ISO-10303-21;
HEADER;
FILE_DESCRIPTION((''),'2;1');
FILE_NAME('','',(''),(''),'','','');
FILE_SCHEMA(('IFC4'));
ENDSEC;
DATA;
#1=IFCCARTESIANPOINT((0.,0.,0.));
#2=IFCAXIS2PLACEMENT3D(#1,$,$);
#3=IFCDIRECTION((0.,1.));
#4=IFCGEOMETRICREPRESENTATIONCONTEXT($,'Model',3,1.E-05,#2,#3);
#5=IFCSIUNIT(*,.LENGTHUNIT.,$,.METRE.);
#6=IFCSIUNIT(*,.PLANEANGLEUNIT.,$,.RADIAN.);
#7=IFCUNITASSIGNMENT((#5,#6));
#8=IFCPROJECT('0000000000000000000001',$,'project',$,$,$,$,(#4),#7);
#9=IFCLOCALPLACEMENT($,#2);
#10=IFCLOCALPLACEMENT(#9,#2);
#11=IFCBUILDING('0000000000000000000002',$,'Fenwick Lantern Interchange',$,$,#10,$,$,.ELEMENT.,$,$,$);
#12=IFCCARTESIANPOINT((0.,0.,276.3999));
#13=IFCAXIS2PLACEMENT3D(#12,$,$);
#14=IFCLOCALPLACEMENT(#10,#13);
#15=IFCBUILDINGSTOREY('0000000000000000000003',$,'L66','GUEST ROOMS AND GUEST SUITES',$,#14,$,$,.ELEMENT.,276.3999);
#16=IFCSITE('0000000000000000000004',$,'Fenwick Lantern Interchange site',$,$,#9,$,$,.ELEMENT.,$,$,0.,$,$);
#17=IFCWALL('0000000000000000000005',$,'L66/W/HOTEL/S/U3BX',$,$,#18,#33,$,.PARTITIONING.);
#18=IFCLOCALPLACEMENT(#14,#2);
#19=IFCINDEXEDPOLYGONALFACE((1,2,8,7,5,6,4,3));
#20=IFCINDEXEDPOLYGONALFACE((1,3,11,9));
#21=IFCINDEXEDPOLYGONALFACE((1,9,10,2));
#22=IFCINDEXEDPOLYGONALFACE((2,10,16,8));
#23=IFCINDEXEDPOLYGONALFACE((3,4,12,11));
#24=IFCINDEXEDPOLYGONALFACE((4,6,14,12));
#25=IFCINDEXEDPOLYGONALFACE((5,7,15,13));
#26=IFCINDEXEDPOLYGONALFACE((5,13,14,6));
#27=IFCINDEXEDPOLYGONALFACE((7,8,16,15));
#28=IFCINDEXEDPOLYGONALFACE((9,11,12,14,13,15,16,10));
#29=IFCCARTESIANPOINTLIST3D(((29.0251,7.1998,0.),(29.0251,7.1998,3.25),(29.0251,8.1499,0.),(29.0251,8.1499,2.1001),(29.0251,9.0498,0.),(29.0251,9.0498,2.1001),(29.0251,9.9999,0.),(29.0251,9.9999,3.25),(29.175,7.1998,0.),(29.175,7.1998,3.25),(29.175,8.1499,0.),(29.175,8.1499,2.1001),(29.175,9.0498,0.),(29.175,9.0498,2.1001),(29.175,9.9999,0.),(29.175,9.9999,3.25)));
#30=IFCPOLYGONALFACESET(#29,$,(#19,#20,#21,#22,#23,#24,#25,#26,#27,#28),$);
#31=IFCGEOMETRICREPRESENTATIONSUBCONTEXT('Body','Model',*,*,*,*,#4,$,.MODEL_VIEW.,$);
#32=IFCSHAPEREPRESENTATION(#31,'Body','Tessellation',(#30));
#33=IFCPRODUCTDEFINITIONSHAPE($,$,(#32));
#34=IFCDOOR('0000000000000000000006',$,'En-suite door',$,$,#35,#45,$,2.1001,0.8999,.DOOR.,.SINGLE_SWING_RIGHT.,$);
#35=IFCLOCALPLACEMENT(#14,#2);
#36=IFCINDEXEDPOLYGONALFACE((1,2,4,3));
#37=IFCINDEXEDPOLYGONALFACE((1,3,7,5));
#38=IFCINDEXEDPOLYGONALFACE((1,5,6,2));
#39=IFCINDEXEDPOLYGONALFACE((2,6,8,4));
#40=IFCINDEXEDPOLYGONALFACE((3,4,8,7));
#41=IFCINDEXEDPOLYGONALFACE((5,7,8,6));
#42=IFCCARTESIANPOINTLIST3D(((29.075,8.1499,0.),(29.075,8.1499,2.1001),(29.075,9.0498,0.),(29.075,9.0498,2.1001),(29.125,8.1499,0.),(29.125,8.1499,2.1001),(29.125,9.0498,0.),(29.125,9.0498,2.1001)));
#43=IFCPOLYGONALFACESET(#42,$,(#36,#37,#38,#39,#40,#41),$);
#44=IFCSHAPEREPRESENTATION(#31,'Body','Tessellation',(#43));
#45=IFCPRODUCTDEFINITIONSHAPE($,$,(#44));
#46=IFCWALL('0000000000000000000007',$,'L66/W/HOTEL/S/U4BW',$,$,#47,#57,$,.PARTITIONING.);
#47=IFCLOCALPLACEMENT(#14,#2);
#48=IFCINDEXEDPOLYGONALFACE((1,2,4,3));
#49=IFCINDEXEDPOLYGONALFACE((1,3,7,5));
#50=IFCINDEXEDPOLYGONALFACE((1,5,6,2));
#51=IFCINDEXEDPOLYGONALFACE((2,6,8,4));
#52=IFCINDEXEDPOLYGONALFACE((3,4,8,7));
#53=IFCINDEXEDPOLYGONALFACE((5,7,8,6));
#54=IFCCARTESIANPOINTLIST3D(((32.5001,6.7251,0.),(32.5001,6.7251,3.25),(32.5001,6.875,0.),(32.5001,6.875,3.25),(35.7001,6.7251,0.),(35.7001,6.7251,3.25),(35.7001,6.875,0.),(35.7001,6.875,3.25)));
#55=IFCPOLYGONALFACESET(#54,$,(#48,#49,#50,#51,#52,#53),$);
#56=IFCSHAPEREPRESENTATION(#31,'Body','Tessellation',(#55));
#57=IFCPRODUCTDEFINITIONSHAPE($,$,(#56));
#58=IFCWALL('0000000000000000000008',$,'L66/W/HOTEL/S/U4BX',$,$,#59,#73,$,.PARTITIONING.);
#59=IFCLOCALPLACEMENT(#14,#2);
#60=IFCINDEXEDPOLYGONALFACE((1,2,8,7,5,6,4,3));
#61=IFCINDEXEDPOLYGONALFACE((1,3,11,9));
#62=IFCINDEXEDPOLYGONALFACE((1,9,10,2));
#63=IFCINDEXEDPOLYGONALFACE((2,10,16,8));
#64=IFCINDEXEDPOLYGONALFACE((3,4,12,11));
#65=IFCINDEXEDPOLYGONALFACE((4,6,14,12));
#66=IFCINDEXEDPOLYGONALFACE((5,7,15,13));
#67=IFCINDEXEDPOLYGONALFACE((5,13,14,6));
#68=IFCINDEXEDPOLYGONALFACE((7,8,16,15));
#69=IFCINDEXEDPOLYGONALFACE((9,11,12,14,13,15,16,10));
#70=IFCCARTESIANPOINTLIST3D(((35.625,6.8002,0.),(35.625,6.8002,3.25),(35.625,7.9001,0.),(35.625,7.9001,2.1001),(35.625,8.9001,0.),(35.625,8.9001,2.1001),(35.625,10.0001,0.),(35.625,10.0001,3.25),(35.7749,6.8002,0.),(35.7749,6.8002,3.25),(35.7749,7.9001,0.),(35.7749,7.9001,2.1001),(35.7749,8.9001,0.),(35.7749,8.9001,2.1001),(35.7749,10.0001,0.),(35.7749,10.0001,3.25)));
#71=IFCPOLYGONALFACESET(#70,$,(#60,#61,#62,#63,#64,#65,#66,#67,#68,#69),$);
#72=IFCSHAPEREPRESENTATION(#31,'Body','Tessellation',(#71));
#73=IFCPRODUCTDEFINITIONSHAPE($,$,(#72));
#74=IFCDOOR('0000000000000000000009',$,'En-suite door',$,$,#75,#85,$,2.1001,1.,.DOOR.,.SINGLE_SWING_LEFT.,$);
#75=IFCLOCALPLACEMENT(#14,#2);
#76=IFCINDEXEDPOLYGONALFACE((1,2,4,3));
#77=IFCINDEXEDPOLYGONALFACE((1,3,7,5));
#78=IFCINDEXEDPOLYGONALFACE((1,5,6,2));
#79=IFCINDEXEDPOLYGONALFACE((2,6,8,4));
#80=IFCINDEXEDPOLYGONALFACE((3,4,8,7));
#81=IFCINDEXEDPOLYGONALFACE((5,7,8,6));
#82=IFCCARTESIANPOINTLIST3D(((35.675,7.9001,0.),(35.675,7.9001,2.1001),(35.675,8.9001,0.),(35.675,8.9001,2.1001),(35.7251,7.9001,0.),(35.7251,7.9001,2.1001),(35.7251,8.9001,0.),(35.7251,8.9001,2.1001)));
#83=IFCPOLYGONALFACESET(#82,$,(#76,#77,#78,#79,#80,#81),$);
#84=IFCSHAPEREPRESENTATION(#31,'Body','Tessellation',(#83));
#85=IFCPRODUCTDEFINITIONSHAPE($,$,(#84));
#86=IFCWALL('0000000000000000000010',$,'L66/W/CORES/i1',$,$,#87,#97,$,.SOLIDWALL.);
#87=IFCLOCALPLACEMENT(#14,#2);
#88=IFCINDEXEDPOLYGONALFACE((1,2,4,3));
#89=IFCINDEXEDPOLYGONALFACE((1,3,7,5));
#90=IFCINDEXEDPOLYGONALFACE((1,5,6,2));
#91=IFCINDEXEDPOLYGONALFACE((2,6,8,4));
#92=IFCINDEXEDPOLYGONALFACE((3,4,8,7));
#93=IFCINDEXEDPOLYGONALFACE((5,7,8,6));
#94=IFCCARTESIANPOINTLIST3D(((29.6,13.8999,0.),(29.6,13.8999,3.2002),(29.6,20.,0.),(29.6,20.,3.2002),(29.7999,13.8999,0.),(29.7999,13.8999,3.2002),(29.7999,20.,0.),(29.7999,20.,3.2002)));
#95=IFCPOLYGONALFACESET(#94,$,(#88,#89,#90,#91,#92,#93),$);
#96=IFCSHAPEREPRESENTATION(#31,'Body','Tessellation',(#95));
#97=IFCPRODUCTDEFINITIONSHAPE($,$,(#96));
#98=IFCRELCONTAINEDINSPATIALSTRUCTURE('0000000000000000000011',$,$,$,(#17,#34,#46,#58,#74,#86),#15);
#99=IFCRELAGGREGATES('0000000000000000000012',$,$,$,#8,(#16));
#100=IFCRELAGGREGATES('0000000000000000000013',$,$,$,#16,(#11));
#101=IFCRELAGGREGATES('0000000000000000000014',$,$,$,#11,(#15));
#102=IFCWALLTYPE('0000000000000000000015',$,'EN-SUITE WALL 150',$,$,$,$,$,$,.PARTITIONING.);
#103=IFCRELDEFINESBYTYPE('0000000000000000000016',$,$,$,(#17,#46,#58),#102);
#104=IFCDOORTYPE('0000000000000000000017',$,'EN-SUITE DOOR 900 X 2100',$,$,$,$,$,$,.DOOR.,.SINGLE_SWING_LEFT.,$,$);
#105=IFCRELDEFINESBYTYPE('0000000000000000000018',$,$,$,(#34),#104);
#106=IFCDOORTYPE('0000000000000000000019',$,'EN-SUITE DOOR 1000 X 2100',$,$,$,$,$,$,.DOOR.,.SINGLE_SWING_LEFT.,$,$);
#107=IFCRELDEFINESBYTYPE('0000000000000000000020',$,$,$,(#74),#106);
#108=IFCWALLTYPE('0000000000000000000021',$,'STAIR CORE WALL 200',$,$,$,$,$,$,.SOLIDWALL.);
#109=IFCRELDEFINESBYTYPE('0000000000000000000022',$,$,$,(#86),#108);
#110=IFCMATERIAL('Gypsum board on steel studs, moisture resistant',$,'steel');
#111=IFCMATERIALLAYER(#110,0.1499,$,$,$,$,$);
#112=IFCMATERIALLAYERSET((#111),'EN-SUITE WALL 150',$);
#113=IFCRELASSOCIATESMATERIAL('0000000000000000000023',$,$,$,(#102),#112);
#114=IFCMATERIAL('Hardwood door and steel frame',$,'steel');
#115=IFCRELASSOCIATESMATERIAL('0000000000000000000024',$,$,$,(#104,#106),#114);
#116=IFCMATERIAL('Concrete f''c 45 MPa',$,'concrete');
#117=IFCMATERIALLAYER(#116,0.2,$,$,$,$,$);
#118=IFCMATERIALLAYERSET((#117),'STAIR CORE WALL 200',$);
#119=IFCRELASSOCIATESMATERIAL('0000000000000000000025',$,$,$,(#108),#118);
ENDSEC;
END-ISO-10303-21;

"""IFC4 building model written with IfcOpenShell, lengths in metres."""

from ifc_helpers import new_model, si_unit, direction, frame, frame_2d, origin, place, context, subcontext, project, spatial, rectangle, extrude, material, layer, layer_set, type_object, element, fill, save


model = new_model("IFC4")

# Units and contexts
model_context = context("Model", 3, precision=1e-05, world=origin(), true_north=direction((0.0, 1.0)))
body_context = subcontext(model_context, "Body", "Model", "MODEL_VIEW")
ifc_project = project(units=[si_unit("LENGTHUNIT", "METRE"), si_unit("PLANEANGLEUNIT", "RADIAN")], contexts=[model_context])

# Site, building, storey
site_placement = place(None, origin())
site = spatial("IfcSite", under=ifc_project, at=site_placement, Name="Fenwick Lantern Interchange site", CompositionType="ELEMENT", RefElevation=0.0)
building_placement = place(site_placement, origin())
building = spatial("IfcBuilding", under=site, at=building_placement, Name="Fenwick Lantern Interchange", CompositionType="ELEMENT")
storey_placement = place(building_placement, frame((0.0, 0.0, 276.3999)))
storey = spatial("IfcBuildingStorey", under=building, at=storey_placement, Name="L66", Description="GUEST ROOMS AND GUEST SUITES", CompositionType="ELEMENT", Elevation=276.3999)

# Shared definitions
ifc_material_1 = material(Name="Hardwood door and steel frame", Category="steel")

# Shared definitions
ifc_material_2 = material(Name="Gypsum board on steel studs, moisture resistant", Category="steel")
ifc_layer_1 = layer(ifc_material_2, 0.1499)
ifc_layer_set_1 = layer_set([ifc_layer_1], Name="EN-SUITE WALL 150")
wall_type_1 = type_object("IfcWallType", Name="EN-SUITE WALL 150", PredefinedType="PARTITIONING", material=ifc_layer_set_1)

# Wall, opening, door
wall_1_placement = place(storey_placement, frame((29.1001, 7.2, 0.0), z_axis=(0.0, 0.0, 1.0), x_axis=(0.0, 1.0, 0.0)))
wall_1 = element("IfcWall", 1, at=wall_1_placement, inside=storey, type_object=wall_type_1, Name="L66/W/HOTEL/S/U3BX", PredefinedType="PARTITIONING", context=body_context, shape_type="SweptSolid", body=[
    extrude(rectangle(XDim=2.8, YDim=0.1499, at=frame_2d((1.3999, 0.0))), origin(), (0.0, 0.0, 1.0), 3.25),
])
opening_1_placement = place(wall_1_placement, frame((0.95, 0.0, 0.0)))
opening_1 = element("IfcOpeningElement", 2, at=opening_1_placement, cuts=wall_1, PredefinedType="OPENING", context=body_context, shape_type="SweptSolid", body=[
    extrude(rectangle(XDim=0.8999, YDim=2.1001, at=frame_2d((0.45, 1.05))), frame((0.0, 0.085, 0.0), z_axis=(0.0, -1.0, 0.0), x_axis=(1.0, 0.0, 0.0)), (0.0, 0.0, 1.0), 0.1699),
])
door_type_1 = type_object("IfcDoorType", Name="EN-SUITE DOOR 900 X 2100", OperationType="SINGLE_SWING_LEFT", PredefinedType="DOOR", material=ifc_material_1)
door_1_placement = place(opening_1_placement, frame((0.8999, 0.0, 0.0), z_axis=(0.0, 0.0, 1.0), x_axis=(-1.0, 0.0, 0.0)))
door_1 = element("IfcDoor", 3, at=door_1_placement, inside=storey, type_object=door_type_1, Name="En-suite door", OperationType="SINGLE_SWING_RIGHT", OverallHeight=2.1001, OverallWidth=0.8999, PredefinedType="DOOR", context=body_context, shape_type="SweptSolid", body=[
    extrude(rectangle(XDim=0.8999, YDim=2.1001, at=frame_2d((0.45, 1.05))), frame((0.0, 0.0249, 0.0), z_axis=(0.0, -1.0, 0.0), x_axis=(1.0, 0.0, 0.0)), (0.0, 0.0, 1.0), 0.05),
])
fill(opening_1, door_1)

# Wall
wall_2_placement = place(storey_placement, frame((32.5, 6.8, 0.0), z_axis=(0.0, 0.0, 1.0), x_axis=(1.0, 0.0, 0.0)))
element("IfcWall", 4, at=wall_2_placement, inside=storey, type_object=wall_type_1, Name="L66/W/HOTEL/S/U4BW", PredefinedType="PARTITIONING", context=body_context, shape_type="SweptSolid", body=[
    extrude(rectangle(XDim=3.2, YDim=0.1499, at=frame_2d((1.6001, 0.0))), origin(), (0.0, 0.0, 1.0), 3.25),
])

# Wall, opening, door
wall_3_placement = place(storey_placement, frame((35.7, 6.8, 0.0), z_axis=(0.0, 0.0, 1.0), x_axis=(0.0, 1.0, 0.0)))
wall_3 = element("IfcWall", 5, at=wall_3_placement, inside=storey, type_object=wall_type_1, Name="L66/W/HOTEL/S/U4BX", PredefinedType="PARTITIONING", context=body_context, shape_type="SweptSolid", body=[
    extrude(rectangle(XDim=3.2, YDim=0.1499, at=frame_2d((1.6001, 0.0))), origin(), (0.0, 0.0, 1.0), 3.25),
])
opening_2_placement = place(wall_3_placement, frame((1.1001, 0.0, 0.0)))
opening_2 = element("IfcOpeningElement", 6, at=opening_2_placement, cuts=wall_3, PredefinedType="OPENING", context=body_context, shape_type="SweptSolid", body=[
    extrude(rectangle(XDim=1.0, YDim=2.1001, at=frame_2d((0.5, 1.05))), frame((0.0, 0.085, 0.0), z_axis=(0.0, -1.0, 0.0), x_axis=(1.0, 0.0, 0.0)), (0.0, 0.0, 1.0), 0.1699),
])
door_type_2 = type_object("IfcDoorType", Name="EN-SUITE DOOR 1000 X 2100", OperationType="SINGLE_SWING_LEFT", PredefinedType="DOOR", material=ifc_material_1)
door_2_placement = place(opening_2_placement, origin())
door_2 = element("IfcDoor", 7, at=door_2_placement, inside=storey, type_object=door_type_2, Name="En-suite door", OperationType="SINGLE_SWING_LEFT", OverallHeight=2.1001, OverallWidth=1.0, PredefinedType="DOOR", context=body_context, shape_type="SweptSolid", body=[
    extrude(rectangle(XDim=1.0, YDim=2.1001, at=frame_2d((0.5, 1.05))), frame((0.0, 0.0249, 0.0), z_axis=(0.0, -1.0, 0.0), x_axis=(1.0, 0.0, 0.0)), (0.0, 0.0, 1.0), 0.05),
])
fill(opening_2, door_2)

# Wall
ifc_material_3 = material(Name="Concrete f'c 45 MPa", Category="concrete")
ifc_layer_2 = layer(ifc_material_3, 0.2)
ifc_layer_set_2 = layer_set([ifc_layer_2], Name="STAIR CORE WALL 200")
wall_type_2 = type_object("IfcWallType", Name="STAIR CORE WALL 200", PredefinedType="SOLIDWALL", material=ifc_layer_set_2)
wall_4_placement = place(storey_placement, frame((29.7, 13.8999, 0.0), z_axis=(0.0, 0.0, 1.0), x_axis=(0.0, 1.0, 0.0)))
element("IfcWall", 8, at=wall_4_placement, inside=storey, type_object=wall_type_2, Name="L66/W/CORES/i1", PredefinedType="SOLIDWALL", context=body_context, shape_type="SweptSolid", body=[
    extrude(rectangle(XDim=6.1001, YDim=0.2, at=frame_2d((3.05, 0.0))), origin(), (0.0, 0.0, 1.0), 3.2002),
])

save(model, "model.ifc")
